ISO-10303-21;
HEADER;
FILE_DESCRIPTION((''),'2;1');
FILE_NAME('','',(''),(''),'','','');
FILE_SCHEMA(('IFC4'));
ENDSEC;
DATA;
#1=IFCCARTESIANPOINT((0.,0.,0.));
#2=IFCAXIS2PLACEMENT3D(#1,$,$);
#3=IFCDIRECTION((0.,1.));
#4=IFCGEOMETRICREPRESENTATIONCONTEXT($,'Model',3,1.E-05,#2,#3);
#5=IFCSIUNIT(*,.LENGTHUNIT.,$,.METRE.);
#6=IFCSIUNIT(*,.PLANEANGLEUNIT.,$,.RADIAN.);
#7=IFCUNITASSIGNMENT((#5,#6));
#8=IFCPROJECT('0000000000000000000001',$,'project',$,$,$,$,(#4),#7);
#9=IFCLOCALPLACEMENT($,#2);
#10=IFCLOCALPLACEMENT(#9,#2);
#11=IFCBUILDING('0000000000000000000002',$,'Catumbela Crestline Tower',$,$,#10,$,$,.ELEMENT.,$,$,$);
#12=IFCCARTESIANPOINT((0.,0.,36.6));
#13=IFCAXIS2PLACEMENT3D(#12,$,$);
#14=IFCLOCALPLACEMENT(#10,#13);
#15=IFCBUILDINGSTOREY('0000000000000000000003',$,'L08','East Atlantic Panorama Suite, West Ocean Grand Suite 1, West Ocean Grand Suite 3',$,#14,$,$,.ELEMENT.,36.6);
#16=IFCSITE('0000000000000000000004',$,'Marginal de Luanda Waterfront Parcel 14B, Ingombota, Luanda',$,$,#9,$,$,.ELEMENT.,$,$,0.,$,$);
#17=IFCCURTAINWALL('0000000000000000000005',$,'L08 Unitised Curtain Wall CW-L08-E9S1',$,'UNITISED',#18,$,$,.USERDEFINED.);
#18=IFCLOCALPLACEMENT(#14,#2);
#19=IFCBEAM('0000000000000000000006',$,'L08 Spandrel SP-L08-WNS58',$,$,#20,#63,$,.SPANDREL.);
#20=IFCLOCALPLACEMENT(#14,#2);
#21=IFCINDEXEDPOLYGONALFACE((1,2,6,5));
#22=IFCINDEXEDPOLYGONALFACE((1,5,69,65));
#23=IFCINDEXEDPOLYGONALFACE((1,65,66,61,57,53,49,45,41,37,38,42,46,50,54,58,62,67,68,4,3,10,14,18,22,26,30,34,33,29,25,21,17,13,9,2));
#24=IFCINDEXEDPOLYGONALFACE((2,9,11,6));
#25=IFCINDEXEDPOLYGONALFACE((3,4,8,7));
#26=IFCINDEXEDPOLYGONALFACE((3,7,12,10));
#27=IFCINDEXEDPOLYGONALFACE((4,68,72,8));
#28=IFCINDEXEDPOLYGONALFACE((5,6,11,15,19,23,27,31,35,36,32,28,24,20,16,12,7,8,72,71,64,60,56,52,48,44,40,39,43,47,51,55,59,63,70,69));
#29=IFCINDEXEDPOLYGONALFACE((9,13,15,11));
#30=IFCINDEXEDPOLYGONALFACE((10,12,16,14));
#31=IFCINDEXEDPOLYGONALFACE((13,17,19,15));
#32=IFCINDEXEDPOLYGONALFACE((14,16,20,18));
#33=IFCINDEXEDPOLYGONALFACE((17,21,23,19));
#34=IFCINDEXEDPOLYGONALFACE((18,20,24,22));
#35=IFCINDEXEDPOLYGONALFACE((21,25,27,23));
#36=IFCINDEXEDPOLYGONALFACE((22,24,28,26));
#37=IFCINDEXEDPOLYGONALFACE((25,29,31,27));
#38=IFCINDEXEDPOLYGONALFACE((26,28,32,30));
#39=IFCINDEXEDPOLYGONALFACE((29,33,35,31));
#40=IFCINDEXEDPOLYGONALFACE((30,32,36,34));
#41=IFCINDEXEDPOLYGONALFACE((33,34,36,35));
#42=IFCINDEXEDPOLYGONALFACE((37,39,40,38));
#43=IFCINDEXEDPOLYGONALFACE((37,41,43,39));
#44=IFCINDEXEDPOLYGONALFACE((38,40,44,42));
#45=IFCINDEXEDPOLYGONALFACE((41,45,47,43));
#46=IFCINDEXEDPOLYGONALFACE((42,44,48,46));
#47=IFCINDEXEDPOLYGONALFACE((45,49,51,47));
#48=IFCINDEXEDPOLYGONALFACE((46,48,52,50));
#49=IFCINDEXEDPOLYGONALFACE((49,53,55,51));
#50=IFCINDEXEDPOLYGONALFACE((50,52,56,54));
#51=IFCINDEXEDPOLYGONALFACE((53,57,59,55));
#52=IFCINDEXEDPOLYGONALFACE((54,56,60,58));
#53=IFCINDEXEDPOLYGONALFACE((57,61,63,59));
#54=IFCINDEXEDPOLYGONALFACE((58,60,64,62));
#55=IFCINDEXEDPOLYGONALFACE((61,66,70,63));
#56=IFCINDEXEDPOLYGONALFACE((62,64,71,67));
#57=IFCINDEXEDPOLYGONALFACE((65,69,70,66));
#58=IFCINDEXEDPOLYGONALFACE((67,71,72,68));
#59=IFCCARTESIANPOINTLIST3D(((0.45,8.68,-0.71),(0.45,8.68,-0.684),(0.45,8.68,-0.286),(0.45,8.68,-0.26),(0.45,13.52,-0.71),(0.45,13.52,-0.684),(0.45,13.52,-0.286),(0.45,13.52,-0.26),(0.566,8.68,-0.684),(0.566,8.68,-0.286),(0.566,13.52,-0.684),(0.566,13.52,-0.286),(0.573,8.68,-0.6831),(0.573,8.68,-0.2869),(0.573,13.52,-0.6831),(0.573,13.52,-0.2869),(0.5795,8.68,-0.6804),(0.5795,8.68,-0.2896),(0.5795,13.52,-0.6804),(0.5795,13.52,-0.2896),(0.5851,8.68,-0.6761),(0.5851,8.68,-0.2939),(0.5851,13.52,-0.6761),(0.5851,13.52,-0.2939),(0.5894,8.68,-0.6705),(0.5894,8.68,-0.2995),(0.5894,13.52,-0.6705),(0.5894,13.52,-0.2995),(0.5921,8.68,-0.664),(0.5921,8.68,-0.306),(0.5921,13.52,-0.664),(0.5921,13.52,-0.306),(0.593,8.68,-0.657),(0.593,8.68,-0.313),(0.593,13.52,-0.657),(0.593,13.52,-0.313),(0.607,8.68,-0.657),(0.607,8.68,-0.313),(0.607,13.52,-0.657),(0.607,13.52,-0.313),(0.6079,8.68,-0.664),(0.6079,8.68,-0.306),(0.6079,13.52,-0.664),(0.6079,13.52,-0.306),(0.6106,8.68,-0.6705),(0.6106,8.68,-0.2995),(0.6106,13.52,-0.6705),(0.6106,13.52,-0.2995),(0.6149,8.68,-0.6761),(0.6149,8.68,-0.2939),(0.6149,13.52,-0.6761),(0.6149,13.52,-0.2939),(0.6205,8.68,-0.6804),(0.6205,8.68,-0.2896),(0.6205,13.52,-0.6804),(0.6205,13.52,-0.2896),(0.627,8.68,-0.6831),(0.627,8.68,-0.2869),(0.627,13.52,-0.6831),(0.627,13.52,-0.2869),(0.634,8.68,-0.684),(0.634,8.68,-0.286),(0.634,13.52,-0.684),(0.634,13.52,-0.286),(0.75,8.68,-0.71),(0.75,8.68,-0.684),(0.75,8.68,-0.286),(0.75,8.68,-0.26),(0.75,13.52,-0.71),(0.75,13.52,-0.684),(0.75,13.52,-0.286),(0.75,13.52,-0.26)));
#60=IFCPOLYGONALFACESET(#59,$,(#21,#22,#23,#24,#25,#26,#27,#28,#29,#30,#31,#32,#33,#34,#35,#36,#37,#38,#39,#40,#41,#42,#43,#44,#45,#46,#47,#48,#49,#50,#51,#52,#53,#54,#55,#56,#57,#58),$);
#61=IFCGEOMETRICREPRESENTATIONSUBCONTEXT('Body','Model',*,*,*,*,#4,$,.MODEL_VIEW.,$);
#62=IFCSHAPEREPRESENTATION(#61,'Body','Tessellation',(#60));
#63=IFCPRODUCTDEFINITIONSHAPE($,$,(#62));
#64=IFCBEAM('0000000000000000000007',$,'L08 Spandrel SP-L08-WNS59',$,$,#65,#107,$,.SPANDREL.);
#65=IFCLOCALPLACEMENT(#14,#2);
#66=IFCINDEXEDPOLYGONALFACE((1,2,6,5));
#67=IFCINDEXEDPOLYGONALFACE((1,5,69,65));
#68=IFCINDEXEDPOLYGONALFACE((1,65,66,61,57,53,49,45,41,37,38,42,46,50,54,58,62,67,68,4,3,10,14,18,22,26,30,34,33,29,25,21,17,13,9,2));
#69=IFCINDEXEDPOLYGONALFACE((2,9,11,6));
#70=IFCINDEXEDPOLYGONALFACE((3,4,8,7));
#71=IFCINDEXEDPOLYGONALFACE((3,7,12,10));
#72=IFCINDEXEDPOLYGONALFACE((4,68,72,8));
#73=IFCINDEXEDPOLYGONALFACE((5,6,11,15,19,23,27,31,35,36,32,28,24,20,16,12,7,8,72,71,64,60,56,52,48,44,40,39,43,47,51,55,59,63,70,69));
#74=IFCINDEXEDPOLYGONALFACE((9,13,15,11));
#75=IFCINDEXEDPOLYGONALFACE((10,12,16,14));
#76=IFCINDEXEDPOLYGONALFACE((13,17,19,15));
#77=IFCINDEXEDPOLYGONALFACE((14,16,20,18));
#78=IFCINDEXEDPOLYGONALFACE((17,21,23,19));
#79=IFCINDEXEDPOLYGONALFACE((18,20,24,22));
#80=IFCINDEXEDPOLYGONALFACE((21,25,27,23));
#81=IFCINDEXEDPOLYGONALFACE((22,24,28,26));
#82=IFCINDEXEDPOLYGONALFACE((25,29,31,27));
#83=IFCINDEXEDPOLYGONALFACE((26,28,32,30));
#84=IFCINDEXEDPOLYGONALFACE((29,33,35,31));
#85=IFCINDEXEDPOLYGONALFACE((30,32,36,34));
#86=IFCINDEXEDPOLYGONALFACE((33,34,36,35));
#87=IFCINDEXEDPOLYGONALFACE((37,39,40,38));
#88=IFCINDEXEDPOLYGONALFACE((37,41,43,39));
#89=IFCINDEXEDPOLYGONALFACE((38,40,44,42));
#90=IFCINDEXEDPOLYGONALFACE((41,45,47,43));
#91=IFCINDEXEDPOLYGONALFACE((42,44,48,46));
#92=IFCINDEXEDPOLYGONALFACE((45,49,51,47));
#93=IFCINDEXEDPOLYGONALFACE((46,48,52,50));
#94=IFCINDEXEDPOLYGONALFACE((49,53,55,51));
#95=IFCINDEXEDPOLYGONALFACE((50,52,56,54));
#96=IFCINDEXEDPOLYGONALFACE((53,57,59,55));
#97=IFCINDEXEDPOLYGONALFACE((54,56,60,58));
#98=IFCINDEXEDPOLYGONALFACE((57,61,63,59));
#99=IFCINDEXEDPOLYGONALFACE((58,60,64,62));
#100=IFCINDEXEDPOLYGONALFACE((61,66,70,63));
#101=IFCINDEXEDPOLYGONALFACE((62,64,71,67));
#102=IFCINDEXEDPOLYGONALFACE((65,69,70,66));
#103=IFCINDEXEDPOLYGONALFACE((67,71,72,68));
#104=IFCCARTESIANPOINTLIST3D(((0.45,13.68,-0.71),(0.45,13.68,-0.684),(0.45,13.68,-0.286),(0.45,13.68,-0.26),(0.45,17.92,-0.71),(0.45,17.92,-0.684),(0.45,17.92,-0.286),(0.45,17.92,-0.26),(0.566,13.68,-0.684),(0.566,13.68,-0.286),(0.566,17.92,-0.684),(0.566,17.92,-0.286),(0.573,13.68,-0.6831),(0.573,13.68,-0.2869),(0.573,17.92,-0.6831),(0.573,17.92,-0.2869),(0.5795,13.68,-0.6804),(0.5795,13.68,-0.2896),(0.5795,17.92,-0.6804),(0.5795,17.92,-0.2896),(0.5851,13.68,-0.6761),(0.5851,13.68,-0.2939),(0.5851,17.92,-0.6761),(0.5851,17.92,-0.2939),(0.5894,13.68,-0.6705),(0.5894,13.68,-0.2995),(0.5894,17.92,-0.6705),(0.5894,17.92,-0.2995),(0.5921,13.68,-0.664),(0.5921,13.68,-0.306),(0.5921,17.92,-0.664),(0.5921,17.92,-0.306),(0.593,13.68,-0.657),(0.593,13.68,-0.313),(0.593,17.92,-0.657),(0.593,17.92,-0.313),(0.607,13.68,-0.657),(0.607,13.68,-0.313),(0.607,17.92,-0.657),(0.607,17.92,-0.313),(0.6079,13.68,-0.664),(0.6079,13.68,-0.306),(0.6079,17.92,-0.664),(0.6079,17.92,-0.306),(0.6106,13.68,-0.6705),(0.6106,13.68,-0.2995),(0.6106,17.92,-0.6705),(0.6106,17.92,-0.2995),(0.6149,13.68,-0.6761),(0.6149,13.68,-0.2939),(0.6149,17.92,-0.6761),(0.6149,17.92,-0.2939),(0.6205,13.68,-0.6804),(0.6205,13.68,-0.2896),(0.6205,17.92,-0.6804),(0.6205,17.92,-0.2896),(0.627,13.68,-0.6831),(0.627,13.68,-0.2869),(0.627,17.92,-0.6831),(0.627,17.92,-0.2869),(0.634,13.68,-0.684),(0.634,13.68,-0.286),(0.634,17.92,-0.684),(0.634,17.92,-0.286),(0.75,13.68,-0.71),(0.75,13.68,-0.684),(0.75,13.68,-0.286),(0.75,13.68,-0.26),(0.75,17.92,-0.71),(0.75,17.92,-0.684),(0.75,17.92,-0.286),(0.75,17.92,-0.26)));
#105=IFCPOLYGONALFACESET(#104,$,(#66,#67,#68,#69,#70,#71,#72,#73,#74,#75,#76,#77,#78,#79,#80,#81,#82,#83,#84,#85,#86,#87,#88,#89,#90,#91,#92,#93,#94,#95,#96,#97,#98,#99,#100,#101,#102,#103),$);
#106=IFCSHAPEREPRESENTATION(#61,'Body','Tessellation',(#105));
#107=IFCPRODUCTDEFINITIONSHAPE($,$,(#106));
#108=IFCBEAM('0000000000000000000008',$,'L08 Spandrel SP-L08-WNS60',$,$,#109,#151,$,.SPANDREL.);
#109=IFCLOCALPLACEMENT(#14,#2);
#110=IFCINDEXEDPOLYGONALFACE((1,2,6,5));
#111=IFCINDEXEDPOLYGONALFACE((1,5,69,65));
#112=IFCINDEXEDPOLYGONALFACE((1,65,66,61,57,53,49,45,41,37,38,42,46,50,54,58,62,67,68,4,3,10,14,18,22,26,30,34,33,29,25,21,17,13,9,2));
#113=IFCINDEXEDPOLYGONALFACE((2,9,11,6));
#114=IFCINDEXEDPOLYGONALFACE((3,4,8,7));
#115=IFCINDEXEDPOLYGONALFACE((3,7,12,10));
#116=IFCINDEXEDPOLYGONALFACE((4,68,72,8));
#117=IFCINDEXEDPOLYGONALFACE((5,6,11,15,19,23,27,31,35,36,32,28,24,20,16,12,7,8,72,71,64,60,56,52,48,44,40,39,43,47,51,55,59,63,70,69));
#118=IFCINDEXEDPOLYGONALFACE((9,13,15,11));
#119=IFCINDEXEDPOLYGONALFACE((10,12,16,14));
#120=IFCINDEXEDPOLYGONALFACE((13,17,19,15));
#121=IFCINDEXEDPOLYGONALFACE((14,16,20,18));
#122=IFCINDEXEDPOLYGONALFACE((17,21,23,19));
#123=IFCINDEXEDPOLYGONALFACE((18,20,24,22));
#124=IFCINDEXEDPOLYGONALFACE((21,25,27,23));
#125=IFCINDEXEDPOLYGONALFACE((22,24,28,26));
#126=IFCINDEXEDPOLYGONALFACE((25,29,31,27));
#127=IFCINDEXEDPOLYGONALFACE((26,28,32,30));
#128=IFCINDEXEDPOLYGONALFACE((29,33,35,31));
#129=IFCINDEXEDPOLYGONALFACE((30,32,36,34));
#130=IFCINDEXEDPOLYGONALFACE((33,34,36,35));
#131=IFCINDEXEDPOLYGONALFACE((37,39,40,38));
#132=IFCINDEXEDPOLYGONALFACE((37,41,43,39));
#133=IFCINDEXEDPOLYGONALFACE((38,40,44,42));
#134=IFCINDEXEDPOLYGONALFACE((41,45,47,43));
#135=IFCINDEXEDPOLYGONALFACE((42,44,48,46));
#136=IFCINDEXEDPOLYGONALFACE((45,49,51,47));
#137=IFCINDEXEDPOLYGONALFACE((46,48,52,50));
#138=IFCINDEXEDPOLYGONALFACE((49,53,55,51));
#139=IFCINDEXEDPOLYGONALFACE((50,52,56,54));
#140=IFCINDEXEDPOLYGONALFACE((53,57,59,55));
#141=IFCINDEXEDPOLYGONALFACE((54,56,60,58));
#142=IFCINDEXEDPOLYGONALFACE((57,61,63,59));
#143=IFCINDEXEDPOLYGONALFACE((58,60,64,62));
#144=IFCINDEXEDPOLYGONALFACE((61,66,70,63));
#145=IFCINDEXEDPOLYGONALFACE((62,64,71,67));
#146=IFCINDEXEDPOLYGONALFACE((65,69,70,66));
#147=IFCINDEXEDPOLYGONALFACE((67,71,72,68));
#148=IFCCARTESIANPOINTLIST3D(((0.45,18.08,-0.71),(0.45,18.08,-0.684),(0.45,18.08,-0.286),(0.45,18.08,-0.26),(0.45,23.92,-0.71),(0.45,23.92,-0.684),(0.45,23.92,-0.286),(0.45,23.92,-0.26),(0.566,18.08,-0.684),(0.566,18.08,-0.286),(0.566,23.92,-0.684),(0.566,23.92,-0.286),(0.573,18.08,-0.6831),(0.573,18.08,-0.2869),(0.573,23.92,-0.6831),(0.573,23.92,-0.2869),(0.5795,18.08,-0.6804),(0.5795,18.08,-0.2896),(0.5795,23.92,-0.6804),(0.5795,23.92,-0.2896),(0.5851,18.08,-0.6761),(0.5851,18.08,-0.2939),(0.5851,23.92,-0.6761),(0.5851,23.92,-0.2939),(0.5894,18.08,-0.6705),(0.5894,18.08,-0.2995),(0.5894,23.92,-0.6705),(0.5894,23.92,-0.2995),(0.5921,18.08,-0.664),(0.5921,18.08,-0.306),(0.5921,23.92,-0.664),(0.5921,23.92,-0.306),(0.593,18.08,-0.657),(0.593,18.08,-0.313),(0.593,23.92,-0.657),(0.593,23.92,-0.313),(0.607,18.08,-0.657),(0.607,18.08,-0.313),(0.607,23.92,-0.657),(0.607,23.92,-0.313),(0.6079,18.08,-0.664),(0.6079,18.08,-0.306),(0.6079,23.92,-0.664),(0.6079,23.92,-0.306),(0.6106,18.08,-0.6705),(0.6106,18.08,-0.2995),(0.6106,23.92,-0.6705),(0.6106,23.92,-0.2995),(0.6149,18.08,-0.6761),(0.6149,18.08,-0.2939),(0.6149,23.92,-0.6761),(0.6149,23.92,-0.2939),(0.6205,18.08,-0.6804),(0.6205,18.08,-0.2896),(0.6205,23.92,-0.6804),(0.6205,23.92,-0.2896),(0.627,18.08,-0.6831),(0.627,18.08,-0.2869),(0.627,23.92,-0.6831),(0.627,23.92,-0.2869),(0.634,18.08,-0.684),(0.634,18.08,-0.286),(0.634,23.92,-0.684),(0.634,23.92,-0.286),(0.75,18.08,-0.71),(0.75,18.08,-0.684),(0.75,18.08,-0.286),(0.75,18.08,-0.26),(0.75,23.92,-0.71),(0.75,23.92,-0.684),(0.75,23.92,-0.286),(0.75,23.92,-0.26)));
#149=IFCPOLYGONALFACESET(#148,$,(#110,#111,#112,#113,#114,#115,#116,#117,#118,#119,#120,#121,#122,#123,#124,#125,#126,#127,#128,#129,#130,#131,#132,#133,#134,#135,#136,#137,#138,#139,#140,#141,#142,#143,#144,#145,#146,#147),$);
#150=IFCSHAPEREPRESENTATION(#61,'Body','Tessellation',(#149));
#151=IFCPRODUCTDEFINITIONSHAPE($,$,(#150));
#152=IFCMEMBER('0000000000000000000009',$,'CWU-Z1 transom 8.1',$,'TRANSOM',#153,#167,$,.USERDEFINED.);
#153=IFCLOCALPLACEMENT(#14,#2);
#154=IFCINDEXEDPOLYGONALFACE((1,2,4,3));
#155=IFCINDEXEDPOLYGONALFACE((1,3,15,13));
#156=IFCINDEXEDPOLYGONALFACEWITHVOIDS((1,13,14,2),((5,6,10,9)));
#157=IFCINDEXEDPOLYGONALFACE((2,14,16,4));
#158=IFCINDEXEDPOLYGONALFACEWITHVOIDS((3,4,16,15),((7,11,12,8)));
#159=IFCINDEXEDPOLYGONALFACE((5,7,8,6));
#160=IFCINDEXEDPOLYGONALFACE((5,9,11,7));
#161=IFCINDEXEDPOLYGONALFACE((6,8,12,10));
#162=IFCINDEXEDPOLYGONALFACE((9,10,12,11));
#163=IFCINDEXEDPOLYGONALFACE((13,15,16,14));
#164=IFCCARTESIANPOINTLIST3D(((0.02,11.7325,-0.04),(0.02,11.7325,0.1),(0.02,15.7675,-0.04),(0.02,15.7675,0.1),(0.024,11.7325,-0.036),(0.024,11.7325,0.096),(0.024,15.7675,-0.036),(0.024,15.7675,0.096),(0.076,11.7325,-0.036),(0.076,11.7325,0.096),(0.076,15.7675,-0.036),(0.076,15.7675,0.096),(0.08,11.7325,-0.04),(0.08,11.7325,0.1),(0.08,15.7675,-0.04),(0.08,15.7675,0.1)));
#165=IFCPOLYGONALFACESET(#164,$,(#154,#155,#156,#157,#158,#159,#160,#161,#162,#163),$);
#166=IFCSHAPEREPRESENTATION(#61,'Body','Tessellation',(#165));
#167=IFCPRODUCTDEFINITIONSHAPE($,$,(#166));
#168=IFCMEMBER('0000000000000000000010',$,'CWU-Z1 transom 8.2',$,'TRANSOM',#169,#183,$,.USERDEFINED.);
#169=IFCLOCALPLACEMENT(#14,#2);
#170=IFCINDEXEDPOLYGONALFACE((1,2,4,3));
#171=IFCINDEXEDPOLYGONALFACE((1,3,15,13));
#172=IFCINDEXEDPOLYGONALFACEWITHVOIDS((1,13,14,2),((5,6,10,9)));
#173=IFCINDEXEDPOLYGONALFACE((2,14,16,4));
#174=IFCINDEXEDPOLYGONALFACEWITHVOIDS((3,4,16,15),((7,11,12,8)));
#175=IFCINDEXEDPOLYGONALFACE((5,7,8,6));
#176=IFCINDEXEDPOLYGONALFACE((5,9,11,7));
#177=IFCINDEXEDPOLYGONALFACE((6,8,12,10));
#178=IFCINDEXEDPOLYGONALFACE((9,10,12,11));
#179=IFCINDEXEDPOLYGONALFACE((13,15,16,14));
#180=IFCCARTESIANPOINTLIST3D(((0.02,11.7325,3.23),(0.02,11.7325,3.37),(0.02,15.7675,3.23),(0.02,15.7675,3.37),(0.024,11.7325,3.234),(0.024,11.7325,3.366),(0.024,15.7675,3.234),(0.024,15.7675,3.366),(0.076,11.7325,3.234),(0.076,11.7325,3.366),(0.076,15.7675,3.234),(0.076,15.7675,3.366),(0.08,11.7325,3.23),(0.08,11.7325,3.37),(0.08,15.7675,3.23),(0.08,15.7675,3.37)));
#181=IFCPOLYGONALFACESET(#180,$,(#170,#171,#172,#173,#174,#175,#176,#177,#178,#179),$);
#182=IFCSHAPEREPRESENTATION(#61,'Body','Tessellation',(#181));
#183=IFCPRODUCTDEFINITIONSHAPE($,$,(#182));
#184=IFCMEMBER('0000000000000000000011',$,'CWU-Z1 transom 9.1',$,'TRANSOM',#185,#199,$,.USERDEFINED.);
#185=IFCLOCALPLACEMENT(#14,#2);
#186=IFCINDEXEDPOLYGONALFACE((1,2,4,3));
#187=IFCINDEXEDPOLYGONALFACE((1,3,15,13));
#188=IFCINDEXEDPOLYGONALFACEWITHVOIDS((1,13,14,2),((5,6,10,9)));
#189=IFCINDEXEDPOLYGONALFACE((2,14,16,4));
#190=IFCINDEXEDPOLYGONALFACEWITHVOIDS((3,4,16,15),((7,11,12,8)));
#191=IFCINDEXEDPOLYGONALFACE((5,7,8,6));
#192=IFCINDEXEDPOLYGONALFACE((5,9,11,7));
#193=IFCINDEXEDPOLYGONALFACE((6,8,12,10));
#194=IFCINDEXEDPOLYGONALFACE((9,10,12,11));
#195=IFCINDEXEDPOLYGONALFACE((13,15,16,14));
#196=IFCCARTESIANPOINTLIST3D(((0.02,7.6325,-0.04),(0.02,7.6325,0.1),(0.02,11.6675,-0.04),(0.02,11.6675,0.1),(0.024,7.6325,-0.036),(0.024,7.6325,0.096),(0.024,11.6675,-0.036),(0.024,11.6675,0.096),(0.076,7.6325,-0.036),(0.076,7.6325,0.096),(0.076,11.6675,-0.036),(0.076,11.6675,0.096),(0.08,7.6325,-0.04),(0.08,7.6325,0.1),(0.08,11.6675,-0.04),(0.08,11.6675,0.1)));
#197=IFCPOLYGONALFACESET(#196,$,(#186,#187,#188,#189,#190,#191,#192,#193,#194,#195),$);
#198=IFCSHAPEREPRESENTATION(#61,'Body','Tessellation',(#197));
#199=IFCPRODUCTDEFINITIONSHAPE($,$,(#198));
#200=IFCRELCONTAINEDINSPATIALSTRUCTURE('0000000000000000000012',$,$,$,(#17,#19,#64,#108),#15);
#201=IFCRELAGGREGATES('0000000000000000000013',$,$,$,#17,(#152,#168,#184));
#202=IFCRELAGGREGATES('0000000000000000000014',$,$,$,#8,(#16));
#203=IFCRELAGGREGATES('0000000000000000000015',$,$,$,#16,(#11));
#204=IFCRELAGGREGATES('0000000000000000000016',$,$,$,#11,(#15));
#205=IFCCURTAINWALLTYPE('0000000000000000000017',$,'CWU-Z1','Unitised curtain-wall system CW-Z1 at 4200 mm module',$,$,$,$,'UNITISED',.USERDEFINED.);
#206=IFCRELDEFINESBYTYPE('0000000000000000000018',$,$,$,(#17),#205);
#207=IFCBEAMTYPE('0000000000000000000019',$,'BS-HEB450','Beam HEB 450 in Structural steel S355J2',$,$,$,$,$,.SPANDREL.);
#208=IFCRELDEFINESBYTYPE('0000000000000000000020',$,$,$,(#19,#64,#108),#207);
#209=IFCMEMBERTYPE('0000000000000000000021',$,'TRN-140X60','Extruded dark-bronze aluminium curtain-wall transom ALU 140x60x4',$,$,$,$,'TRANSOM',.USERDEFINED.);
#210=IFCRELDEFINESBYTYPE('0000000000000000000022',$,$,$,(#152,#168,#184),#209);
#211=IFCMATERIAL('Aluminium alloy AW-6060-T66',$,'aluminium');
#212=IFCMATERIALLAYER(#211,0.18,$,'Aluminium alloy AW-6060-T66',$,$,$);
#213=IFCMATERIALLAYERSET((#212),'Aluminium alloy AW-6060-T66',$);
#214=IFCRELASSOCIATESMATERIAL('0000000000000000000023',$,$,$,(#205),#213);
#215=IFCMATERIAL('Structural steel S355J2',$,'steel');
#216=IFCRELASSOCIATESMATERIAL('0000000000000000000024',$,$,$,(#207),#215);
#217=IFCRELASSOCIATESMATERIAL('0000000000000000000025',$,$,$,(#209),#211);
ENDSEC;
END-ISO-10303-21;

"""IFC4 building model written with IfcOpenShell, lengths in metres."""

from ifc_helpers import new_model, si_unit, direction, frame, origin, origin_2d, place, context, subcontext, project, spatial, hollow_rectangle, i_section, extrude, material, layer, layer_set, material_profile, profile_set, type_object, element, aggregate, save


model = new_model("IFC4")

# Units and contexts
model_context = context("Model", 3, precision=1e-05, world=origin(), true_north=direction((0.0, 1.0)))
body_context = subcontext(model_context, "Body", "Model", "MODEL_VIEW")
ifc_project = project(units=[si_unit("LENGTHUNIT", "METRE"), si_unit("PLANEANGLEUNIT", "RADIAN")], contexts=[model_context])

# Site, building, storey
site_placement = place(None, origin())
site = spatial("IfcSite", under=ifc_project, at=site_placement, Name="Marginal de Luanda Waterfront Parcel 14B, Ingombota, Luanda", CompositionType="ELEMENT", RefElevation=0.0)
building_placement = place(site_placement, origin())
building = spatial("IfcBuilding", under=site, at=building_placement, Name="Catumbela Crestline Tower", CompositionType="ELEMENT")
storey_placement = place(building_placement, frame((0.0, 0.0, 36.6)))
storey = spatial("IfcBuildingStorey", under=building, at=storey_placement, Name="L08", Description="East Atlantic Panorama Suite, West Ocean Grand Suite 1, West Ocean Grand Suite 3", CompositionType="ELEMENT", Elevation=36.6)

# Shared definitions
ifc_material_1 = material(Name="Structural steel S355J2", Category="steel")

# Curtain wall
ifc_material_2 = material(Name="Aluminium alloy AW-6060-T66", Category="aluminium")
ifc_layer_1 = layer(ifc_material_2, 0.18, Name="Aluminium alloy AW-6060-T66")
ifc_layer_set_1 = layer_set([ifc_layer_1], Name="Aluminium alloy AW-6060-T66")
curtain_wall_type = type_object("IfcCurtainWallType", Name="CWU-Z1", Description="Unitised curtain-wall system CW-Z1 at 4200 mm module", ElementType="UNITISED", PredefinedType="USERDEFINED", material=ifc_layer_set_1)
curtain_wall_placement = place(storey_placement, origin())
curtain_wall = element("IfcCurtainWall", 1, at=curtain_wall_placement, inside=storey, type_object=curtain_wall_type, Name="L08 Unitised Curtain Wall CW-L08-E9S1", ObjectType="UNITISED", PredefinedType="USERDEFINED")

# Beams
ifc_material_profile_1 = material_profile(ifc_material_1, i_section(OverallWidth=0.3, OverallDepth=0.45, WebThickness=0.014, FlangeThickness=0.026, FilletRadius=0.027, at=origin_2d()), Name="HEB 450")
ifc_profile_set_1 = profile_set([ifc_material_profile_1], Name="Structural steel S355J2")
beam_type_1 = type_object("IfcBeamType", Name="BS-HEB450", Description="Beam HEB 450 in Structural steel S355J2", PredefinedType="SPANDREL", material=ifc_profile_set_1)
beam_1_placement = place(storey_placement, frame((0.6, 8.68, -0.485), z_axis=(0.0, 1.0, 0.0), x_axis=(-1.0, 0.0, 0.0)))
element("IfcBeam", 2, at=beam_1_placement, inside=storey, type_object=beam_type_1, Name="L08 Spandrel SP-L08-WNS58", PredefinedType="SPANDREL", context=body_context, shape_type="SweptSolid", body=[
    extrude(i_section(OverallWidth=0.3, OverallDepth=0.45, WebThickness=0.014, FlangeThickness=0.026, FilletRadius=0.027, at=origin_2d()), origin(), (0.0, 0.0, 1.0), 4.84),
])
beam_2_placement = place(storey_placement, frame((0.6, 13.68, -0.485), z_axis=(0.0, 1.0, 0.0), x_axis=(-1.0, 0.0, 0.0)))
element("IfcBeam", 3, at=beam_2_placement, inside=storey, type_object=beam_type_1, Name="L08 Spandrel SP-L08-WNS59", PredefinedType="SPANDREL", context=body_context, shape_type="SweptSolid", body=[
    extrude(i_section(OverallWidth=0.3, OverallDepth=0.45, WebThickness=0.014, FlangeThickness=0.026, FilletRadius=0.027, at=origin_2d()), origin(), (0.0, 0.0, 1.0), 4.24),
])
beam_3_placement = place(storey_placement, frame((0.6, 18.08, -0.485), z_axis=(0.0, 1.0, 0.0), x_axis=(-1.0, 0.0, 0.0)))
element("IfcBeam", 4, at=beam_3_placement, inside=storey, type_object=beam_type_1, Name="L08 Spandrel SP-L08-WNS60", PredefinedType="SPANDREL", context=body_context, shape_type="SweptSolid", body=[
    extrude(i_section(OverallWidth=0.3, OverallDepth=0.45, WebThickness=0.014, FlangeThickness=0.026, FilletRadius=0.027, at=origin_2d()), origin(), (0.0, 0.0, 1.0), 5.84),
])

# Members
ifc_material_profile_2 = material_profile(ifc_material_2, hollow_rectangle(XDim=0.06, YDim=0.14, WallThickness=0.004, at=origin_2d()), Name="ALU 140x60x4")
ifc_profile_set_2 = profile_set([ifc_material_profile_2], Name="Aluminium alloy AW-6060-T66")
member_type_1 = type_object("IfcMemberType", Name="TRN-140X60", Description="Extruded dark-bronze aluminium curtain-wall transom ALU 140x60x4", ElementType="TRANSOM", PredefinedType="USERDEFINED", material=ifc_profile_set_2)
member_1_placement = place(storey_placement, frame((0.05, 15.7675, 0.03), z_axis=(0.0, -1.0, 0.0), x_axis=(1.0, 0.0, 0.0)))
member_1 = element("IfcMember", 5, at=member_1_placement, type_object=member_type_1, Name="CWU-Z1 transom 8.1", ObjectType="TRANSOM", PredefinedType="USERDEFINED", context=body_context, shape_type="SweptSolid", body=[
    extrude(hollow_rectangle(XDim=0.06, YDim=0.14, WallThickness=0.004, at=origin_2d()), origin(), (0.0, 0.0, 1.0), 4.035),
])
member_2_placement = place(storey_placement, frame((0.05, 15.7675, 3.3), z_axis=(0.0, -1.0, 0.0), x_axis=(1.0, 0.0, 0.0)))
member_2 = element("IfcMember", 6, at=member_2_placement, type_object=member_type_1, Name="CWU-Z1 transom 8.2", ObjectType="TRANSOM", PredefinedType="USERDEFINED", context=body_context, shape_type="SweptSolid", body=[
    extrude(hollow_rectangle(XDim=0.06, YDim=0.14, WallThickness=0.004, at=origin_2d()), origin(), (0.0, 0.0, 1.0), 4.035),
])
member_3_placement = place(storey_placement, frame((0.05, 11.6675, 0.03), z_axis=(0.0, -1.0, 0.0), x_axis=(1.0, 0.0, 0.0)))
member_3 = element("IfcMember", 7, at=member_3_placement, type_object=member_type_1, Name="CWU-Z1 transom 9.1", ObjectType="TRANSOM", PredefinedType="USERDEFINED", context=body_context, shape_type="SweptSolid", body=[
    extrude(hollow_rectangle(XDim=0.06, YDim=0.14, WallThickness=0.004, at=origin_2d()), origin(), (0.0, 0.0, 1.0), 4.035),
])

aggregate(curtain_wall, [member_1, member_2, member_3])

save(model, "model.ifc")
